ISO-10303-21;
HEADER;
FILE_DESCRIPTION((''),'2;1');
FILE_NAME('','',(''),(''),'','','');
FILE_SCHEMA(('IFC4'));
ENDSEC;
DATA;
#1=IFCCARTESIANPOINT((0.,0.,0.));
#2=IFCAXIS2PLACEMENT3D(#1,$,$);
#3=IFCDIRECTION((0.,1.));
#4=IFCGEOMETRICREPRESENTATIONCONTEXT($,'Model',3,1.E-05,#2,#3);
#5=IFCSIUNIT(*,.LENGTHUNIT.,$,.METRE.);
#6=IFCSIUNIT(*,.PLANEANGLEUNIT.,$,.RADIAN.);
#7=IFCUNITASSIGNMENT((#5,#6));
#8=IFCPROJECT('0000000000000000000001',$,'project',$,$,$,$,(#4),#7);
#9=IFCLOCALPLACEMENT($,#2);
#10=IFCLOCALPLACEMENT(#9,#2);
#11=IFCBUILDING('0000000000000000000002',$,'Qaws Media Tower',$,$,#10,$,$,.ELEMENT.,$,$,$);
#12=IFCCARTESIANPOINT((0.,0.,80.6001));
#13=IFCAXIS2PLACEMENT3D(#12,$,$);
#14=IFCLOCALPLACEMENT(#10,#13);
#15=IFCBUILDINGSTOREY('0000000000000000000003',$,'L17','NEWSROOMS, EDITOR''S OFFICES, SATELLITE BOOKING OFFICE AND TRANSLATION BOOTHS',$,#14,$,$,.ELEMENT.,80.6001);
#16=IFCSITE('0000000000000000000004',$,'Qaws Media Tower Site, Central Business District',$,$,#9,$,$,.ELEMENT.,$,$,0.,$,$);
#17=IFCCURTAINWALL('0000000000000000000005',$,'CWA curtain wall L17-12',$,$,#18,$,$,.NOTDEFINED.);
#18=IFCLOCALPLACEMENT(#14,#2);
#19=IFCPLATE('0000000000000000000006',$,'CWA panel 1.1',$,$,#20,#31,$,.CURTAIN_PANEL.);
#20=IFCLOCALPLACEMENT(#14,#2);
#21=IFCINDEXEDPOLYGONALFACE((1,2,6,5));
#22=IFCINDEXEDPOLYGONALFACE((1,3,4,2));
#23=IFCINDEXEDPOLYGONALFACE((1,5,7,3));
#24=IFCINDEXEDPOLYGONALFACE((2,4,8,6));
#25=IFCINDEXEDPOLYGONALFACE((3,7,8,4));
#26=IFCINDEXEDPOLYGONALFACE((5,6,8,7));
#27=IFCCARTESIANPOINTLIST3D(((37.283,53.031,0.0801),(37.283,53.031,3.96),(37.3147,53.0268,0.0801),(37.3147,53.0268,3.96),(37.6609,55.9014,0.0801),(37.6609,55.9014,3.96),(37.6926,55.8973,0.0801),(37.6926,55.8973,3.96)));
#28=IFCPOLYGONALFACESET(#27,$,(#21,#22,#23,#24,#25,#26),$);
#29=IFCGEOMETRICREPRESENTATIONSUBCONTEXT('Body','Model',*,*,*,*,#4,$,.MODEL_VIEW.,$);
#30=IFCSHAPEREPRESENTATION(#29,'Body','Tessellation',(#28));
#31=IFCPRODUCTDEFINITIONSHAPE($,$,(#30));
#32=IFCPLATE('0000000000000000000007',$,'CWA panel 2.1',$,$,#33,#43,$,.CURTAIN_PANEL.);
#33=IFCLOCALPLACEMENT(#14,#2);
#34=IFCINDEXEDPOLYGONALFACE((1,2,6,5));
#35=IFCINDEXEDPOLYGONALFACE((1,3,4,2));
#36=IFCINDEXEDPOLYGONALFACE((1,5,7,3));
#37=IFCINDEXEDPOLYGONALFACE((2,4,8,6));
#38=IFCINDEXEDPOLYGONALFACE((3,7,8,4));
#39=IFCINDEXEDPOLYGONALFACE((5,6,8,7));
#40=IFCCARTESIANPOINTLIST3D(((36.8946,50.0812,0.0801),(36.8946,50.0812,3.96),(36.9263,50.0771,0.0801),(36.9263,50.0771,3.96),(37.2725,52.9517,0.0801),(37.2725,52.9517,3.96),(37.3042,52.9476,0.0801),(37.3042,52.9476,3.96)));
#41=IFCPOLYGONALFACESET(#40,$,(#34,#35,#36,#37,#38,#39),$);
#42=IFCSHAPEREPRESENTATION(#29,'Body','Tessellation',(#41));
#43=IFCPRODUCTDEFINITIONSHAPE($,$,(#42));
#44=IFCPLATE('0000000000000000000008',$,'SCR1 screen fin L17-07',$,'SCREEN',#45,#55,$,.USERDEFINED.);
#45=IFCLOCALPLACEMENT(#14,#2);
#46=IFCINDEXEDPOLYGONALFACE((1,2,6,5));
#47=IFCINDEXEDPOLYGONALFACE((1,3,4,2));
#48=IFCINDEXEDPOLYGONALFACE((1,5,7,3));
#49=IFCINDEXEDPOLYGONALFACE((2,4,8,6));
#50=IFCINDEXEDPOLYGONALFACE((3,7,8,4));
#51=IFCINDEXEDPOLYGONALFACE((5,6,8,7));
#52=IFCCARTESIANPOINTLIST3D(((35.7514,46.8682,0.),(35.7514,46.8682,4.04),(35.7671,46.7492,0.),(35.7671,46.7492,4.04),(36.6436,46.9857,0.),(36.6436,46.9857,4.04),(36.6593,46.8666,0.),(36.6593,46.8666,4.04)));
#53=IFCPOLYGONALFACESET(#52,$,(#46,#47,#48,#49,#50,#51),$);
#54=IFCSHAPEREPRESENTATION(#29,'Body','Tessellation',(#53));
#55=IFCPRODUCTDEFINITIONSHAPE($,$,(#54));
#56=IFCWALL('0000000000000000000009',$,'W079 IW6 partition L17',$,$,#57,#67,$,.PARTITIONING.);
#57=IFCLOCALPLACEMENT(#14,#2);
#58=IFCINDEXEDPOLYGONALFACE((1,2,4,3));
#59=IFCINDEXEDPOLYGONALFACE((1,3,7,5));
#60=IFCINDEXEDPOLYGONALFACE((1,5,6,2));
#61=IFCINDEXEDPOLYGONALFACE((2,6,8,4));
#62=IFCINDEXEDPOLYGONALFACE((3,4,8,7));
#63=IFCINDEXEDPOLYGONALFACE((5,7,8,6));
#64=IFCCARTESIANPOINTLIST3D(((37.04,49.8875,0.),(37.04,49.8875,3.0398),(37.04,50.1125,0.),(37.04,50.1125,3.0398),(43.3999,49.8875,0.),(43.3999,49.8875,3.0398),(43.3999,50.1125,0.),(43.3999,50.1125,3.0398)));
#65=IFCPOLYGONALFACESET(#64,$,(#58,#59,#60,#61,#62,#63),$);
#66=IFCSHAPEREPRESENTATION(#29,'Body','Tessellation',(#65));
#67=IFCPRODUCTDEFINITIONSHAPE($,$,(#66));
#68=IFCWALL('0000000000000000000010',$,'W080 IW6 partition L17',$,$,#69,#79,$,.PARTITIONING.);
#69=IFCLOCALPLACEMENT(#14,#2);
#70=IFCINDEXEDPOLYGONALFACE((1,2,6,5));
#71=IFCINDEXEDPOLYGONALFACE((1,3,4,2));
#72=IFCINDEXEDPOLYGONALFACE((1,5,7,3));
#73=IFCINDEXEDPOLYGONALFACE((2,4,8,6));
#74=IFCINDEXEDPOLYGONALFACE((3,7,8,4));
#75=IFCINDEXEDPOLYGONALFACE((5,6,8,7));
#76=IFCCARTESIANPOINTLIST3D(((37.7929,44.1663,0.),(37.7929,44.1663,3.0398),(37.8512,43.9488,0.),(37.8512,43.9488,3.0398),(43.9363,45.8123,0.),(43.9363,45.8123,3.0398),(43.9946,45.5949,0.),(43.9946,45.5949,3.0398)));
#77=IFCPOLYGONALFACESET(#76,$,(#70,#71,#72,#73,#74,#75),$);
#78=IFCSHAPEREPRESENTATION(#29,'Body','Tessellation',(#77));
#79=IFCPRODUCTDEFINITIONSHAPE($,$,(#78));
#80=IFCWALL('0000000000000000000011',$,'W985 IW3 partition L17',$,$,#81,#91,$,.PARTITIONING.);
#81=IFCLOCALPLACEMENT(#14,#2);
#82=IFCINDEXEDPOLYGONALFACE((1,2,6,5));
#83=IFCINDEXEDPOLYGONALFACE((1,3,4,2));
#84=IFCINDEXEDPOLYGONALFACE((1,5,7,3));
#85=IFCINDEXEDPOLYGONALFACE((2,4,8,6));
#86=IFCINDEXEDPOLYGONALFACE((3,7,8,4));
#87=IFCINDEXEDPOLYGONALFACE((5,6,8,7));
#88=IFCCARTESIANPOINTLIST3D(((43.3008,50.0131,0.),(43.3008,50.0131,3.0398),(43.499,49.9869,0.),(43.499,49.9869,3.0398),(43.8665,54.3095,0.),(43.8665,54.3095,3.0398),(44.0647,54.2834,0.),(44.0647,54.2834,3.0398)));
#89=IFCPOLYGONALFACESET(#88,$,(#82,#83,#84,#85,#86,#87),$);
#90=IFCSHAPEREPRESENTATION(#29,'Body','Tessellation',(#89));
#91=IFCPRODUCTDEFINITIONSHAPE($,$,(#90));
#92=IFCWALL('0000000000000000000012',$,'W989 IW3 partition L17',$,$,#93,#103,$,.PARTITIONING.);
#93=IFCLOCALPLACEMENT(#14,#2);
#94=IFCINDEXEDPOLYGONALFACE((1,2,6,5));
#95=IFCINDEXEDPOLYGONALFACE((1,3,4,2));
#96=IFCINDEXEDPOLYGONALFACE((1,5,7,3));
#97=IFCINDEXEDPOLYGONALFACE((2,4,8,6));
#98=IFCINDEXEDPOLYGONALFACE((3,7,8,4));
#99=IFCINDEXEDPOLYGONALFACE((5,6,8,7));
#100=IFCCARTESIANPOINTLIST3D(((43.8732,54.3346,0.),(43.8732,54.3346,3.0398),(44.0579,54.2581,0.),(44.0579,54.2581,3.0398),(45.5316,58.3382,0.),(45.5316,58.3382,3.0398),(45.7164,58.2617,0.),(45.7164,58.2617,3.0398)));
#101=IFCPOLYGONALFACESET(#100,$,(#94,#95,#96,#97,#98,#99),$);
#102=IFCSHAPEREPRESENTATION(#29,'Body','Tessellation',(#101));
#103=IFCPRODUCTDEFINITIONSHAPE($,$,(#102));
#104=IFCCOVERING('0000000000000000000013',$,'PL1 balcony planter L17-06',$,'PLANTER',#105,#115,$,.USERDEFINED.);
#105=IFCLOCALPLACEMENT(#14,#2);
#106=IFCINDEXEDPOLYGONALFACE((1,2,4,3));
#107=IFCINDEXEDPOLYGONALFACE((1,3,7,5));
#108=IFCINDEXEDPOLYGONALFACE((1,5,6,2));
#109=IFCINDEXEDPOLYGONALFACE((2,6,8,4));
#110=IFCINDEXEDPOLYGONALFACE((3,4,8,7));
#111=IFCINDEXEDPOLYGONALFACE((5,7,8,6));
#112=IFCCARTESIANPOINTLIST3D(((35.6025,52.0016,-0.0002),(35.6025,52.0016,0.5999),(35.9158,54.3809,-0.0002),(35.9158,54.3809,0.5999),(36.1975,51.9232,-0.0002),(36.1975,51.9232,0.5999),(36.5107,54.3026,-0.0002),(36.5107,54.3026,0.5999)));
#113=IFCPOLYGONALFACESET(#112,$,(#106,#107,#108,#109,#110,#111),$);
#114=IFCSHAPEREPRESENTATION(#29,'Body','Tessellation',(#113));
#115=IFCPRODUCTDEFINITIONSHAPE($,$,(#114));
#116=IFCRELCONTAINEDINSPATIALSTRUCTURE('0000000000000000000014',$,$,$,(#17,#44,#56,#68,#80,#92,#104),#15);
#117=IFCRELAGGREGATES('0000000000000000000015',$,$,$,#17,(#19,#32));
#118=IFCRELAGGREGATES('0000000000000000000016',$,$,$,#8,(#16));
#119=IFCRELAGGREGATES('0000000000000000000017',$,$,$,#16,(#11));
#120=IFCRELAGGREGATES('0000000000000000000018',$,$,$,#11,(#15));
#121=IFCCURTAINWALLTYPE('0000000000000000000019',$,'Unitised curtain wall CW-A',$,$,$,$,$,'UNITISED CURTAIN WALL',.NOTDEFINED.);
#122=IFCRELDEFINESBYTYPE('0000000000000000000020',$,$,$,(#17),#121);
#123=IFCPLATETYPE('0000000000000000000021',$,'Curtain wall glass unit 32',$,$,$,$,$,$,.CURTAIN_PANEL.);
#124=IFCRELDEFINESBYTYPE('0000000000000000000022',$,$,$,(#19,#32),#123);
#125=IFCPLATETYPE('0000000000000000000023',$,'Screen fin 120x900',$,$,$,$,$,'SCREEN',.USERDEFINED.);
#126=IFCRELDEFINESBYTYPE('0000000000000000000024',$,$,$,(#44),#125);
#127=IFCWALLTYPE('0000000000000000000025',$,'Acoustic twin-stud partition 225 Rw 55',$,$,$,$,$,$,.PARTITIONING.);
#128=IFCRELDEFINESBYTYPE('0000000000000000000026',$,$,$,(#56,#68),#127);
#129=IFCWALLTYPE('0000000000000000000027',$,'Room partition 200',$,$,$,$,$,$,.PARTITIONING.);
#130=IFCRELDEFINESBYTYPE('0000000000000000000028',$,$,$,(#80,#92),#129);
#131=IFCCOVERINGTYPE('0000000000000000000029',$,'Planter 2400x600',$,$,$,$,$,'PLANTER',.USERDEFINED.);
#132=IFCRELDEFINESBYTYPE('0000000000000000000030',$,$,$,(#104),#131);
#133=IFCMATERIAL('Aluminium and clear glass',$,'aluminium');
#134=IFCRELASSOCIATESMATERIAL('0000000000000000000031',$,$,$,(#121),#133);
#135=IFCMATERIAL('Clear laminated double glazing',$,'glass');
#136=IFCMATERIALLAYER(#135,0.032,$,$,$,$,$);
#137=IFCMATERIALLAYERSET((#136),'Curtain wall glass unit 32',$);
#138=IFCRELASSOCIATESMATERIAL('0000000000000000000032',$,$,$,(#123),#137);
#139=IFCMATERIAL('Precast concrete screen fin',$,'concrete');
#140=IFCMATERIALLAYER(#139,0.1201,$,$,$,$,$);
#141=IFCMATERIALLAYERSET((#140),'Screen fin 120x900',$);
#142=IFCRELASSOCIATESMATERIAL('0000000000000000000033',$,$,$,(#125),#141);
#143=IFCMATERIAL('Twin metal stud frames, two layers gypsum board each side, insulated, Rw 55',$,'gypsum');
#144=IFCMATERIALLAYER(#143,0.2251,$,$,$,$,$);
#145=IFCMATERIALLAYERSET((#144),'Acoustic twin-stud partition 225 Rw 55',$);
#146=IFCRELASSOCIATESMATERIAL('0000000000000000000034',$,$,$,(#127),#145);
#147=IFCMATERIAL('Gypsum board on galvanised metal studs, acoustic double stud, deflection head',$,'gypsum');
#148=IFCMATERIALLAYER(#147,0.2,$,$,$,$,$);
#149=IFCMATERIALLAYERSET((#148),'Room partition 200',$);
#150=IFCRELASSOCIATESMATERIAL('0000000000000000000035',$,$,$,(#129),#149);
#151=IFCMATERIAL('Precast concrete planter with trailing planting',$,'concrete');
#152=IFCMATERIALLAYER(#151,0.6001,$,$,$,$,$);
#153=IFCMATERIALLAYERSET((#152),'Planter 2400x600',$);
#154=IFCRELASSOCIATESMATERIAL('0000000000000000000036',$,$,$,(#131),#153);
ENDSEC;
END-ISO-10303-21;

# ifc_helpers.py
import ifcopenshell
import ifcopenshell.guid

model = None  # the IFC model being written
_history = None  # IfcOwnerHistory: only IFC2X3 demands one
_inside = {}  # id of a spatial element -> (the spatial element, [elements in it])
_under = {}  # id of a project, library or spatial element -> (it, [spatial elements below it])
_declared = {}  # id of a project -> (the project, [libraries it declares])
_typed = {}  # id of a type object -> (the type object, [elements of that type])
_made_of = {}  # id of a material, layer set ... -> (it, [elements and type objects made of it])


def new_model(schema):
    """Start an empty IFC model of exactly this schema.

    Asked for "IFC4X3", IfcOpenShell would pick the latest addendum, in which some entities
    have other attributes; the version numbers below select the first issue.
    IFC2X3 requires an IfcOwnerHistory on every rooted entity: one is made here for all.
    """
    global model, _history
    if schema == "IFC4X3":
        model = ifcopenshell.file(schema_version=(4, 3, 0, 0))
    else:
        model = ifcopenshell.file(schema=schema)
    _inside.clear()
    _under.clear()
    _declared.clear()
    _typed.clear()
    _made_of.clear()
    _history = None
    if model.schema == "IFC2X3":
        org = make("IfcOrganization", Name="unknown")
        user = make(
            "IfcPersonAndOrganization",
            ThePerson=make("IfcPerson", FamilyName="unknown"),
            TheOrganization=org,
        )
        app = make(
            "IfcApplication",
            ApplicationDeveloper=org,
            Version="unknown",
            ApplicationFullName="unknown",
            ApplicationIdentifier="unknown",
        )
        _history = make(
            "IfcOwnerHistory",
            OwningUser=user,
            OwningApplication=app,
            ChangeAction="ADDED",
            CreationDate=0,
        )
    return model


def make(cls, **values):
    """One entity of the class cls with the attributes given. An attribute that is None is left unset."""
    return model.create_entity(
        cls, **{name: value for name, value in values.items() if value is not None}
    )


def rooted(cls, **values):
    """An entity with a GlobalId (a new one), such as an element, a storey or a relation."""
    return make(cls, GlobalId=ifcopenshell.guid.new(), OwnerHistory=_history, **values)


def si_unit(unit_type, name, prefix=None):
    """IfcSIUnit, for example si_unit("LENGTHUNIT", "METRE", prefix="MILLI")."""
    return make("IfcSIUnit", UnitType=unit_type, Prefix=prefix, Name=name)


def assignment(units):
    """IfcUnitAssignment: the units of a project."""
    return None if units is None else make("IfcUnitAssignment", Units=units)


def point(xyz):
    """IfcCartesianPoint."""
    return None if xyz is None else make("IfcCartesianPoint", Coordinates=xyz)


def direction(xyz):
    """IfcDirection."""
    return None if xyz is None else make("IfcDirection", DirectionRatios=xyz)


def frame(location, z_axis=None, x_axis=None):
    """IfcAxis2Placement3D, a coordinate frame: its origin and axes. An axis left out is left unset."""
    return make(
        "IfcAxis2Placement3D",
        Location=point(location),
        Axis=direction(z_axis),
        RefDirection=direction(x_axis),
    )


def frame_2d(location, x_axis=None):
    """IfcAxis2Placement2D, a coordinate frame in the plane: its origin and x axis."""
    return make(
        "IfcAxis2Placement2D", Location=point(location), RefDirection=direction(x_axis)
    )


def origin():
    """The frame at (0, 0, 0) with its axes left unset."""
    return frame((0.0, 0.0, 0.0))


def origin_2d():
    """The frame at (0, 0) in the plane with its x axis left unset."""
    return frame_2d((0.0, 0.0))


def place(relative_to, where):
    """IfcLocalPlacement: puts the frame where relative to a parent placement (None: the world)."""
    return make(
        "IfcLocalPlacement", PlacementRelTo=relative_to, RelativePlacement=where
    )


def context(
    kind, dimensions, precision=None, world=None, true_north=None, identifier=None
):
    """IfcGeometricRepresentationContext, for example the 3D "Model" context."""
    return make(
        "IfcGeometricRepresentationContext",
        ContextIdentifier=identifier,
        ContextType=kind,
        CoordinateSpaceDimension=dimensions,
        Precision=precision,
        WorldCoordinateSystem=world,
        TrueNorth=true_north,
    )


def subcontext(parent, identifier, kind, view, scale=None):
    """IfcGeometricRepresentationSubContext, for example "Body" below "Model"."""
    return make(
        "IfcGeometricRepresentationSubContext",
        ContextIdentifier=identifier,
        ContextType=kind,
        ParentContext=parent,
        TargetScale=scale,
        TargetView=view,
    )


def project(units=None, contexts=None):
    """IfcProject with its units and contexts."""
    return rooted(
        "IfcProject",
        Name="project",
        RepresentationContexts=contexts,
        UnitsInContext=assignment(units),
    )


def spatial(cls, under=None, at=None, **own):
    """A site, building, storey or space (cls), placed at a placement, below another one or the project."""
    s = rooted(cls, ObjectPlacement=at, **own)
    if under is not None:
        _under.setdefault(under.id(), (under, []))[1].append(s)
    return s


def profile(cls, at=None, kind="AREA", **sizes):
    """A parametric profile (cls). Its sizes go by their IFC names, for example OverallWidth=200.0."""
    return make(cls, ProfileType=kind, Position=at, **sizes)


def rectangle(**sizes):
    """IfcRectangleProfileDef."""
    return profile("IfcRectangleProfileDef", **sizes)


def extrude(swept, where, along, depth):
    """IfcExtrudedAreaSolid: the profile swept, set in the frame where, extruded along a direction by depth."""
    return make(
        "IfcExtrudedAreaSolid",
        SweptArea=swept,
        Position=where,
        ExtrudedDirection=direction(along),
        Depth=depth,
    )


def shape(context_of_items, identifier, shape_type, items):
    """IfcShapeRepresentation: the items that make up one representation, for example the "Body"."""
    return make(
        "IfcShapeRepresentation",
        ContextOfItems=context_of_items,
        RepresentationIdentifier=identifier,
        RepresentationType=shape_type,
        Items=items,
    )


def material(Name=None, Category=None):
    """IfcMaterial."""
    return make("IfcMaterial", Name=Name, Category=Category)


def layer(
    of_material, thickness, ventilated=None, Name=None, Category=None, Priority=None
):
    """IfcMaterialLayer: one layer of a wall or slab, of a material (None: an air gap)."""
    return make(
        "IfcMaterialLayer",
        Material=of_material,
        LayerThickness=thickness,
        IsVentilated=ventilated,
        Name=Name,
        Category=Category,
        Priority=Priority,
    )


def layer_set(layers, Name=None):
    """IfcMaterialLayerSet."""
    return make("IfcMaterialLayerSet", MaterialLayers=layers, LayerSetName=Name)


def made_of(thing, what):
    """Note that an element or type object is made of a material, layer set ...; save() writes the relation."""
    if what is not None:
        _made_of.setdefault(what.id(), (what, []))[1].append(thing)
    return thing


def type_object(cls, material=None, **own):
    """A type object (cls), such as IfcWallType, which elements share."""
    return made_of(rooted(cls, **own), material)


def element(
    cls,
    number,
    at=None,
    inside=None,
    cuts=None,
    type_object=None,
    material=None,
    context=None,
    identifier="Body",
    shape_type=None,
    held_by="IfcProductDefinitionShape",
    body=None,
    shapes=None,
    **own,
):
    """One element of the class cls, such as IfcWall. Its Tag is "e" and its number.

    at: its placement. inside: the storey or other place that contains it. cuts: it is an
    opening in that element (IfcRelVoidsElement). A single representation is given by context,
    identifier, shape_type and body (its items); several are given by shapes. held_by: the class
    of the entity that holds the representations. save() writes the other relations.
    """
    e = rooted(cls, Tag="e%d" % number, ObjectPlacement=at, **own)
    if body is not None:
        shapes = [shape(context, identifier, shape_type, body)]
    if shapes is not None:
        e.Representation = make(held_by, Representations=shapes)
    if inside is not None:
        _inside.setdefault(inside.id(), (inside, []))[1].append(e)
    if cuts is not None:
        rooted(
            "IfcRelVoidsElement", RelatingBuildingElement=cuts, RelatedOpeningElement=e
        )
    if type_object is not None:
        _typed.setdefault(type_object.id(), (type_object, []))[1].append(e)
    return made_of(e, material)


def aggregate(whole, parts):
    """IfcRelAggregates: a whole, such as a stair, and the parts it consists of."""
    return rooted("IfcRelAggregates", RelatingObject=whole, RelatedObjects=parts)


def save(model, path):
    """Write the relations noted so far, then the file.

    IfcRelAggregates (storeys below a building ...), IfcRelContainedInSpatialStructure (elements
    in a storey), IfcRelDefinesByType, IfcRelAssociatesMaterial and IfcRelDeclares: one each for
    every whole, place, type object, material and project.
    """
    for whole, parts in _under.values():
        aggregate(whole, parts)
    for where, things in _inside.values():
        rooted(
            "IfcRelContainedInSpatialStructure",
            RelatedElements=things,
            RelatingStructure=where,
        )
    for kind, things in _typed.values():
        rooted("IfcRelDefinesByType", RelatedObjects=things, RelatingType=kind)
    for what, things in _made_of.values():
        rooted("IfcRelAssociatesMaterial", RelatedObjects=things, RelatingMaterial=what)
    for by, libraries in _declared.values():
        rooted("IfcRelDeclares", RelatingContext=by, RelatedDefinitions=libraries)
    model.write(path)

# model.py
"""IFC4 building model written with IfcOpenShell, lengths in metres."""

from ifc_helpers import new_model, si_unit, direction, frame, frame_2d, origin, origin_2d, place, context, subcontext, project, spatial, rectangle, extrude, material, layer, layer_set, type_object, element, aggregate, save


model = new_model("IFC4")

# Units and contexts
model_context = context("Model", 3, precision=1e-05, world=origin(), true_north=direction((0.0, 1.0)))
body_context = subcontext(model_context, "Body", "Model", "MODEL_VIEW")
ifc_project = project(units=[si_unit("LENGTHUNIT", "METRE"), si_unit("PLANEANGLEUNIT", "RADIAN")], contexts=[model_context])

# Site, building, storey
site_placement = place(None, origin())
site = spatial("IfcSite", under=ifc_project, at=site_placement, Name="Qaws Media Tower Site, Central Business District", CompositionType="ELEMENT", RefElevation=0.0)
building_placement = place(site_placement, origin())
building = spatial("IfcBuilding", under=site, at=building_placement, Name="Qaws Media Tower", CompositionType="ELEMENT")
storey_placement = place(building_placement, frame((0.0, 0.0, 80.6001)))
storey = spatial("IfcBuildingStorey", under=building, at=storey_placement, Name="L17", Description="NEWSROOMS, EDITOR'S OFFICES, SATELLITE BOOKING OFFICE AND TRANSLATION BOOTHS", CompositionType="ELEMENT", Elevation=80.6001)

# Shared definitions
ifc_material_1 = material(Name="Aluminium and clear glass", Category="aluminium")
curtain_wall_type = type_object("IfcCurtainWallType", Name="Unitised curtain wall CW-A", ElementType="UNITISED CURTAIN WALL", PredefinedType="NOTDEFINED", material=ifc_material_1)

# Curtain wall
curtain_wall_1_placement = place(storey_placement, origin())
curtain_wall_1 = element("IfcCurtainWall", 1, at=curtain_wall_1_placement, inside=storey, type_object=curtain_wall_type, Name="CWA curtain wall L17-12", PredefinedType="NOTDEFINED")

# Plates
ifc_material_2 = material(Name="Clear laminated double glazing", Category="glass")
ifc_layer_1 = layer(ifc_material_2, 0.032)
ifc_layer_set_1 = layer_set([ifc_layer_1], Name="Curtain wall glass unit 32")
plate_type_1 = type_object("IfcPlateType", Name="Curtain wall glass unit 32", PredefinedType="CURTAIN_PANEL", material=ifc_layer_set_1)
plate_1_placement = place(storey_placement, frame((37.4878, 54.4641, 0.0801), z_axis=(0.0, 0.0, 1.0), x_axis=(-0.130526, -0.991445, 0.0)))
plate_1 = element("IfcPlate", 2, at=plate_1_placement, type_object=plate_type_1, Name="CWA panel 1.1", PredefinedType="CURTAIN_PANEL", context=body_context, shape_type="SweptSolid", body=[
    extrude(rectangle(XDim=2.8953, YDim=0.032, at=origin_2d()), origin(), (0.0, 0.0, 1.0), 3.8799),
])
plate_2_placement = place(storey_placement, frame((37.0994, 51.5144, 0.0801), z_axis=(0.0, 0.0, 1.0), x_axis=(-0.130526, -0.991445, 0.0)))
plate_2 = element("IfcPlate", 3, at=plate_2_placement, type_object=plate_type_1, Name="CWA panel 2.1", PredefinedType="CURTAIN_PANEL", context=body_context, shape_type="SweptSolid", body=[
    extrude(rectangle(XDim=2.8953, YDim=0.032, at=origin_2d()), origin(), (0.0, 0.0, 1.0), 3.8799),
])
aggregate(curtain_wall_1, [plate_1, plate_2])
ifc_material_3 = material(Name="Precast concrete screen fin", Category="concrete")
ifc_layer_2 = layer(ifc_material_3, 0.1201)
ifc_layer_set_2 = layer_set([ifc_layer_2], Name="Screen fin 120x900")
plate_type_2 = type_object("IfcPlateType", Name="Screen fin 120x900", ElementType="SCREEN", PredefinedType="USERDEFINED", material=ifc_layer_set_2)
plate_3_placement = place(storey_placement, frame((36.2053, 46.8674, 0.0), z_axis=(0.0, 0.0, 1.0), x_axis=(-0.991445, -0.130526, 0.0)))
element("IfcPlate", 4, at=plate_3_placement, inside=storey, type_object=plate_type_2, Name="SCR1 screen fin L17-07", ObjectType="SCREEN", PredefinedType="USERDEFINED", context=body_context, shape_type="SweptSolid", body=[
    extrude(rectangle(XDim=0.8999, YDim=0.1201, at=origin_2d()), origin(), (0.0, 0.0, 1.0), 4.04),
])

# Walls
ifc_material_4 = material(Name="Twin metal stud frames, two layers gypsum board each side, insulated, Rw 55", Category="gypsum")
ifc_layer_3 = layer(ifc_material_4, 0.2251)
ifc_layer_set_3 = layer_set([ifc_layer_3], Name="Acoustic twin-stud partition 225 Rw 55")
wall_type_1 = type_object("IfcWallType", Name="Acoustic twin-stud partition 225 Rw 55", PredefinedType="PARTITIONING", material=ifc_layer_set_3)
wall_1_placement = place(storey_placement, frame((43.3999, 50.0, 0.0), z_axis=(0.0, 0.0, 1.0), x_axis=(-1.0, 0.0, 0.0)))
element("IfcWall", 5, at=wall_1_placement, inside=storey, type_object=wall_type_1, Name="W079 IW6 partition L17", PredefinedType="PARTITIONING", context=body_context, shape_type="SweptSolid", body=[
    extrude(rectangle(XDim=6.3599, YDim=0.2251, at=frame_2d((3.1799, 0.0))), origin(), (0.0, 0.0, 1.0), 3.0398),
])
wall_2_placement = place(storey_placement, frame((43.9656, 45.7036, 0.0), z_axis=(0.0, 0.0, 1.0), x_axis=(-0.96593, -0.258805, 0.0)))
element("IfcWall", 6, at=wall_2_placement, inside=storey, type_object=wall_type_1, Name="W080 IW6 partition L17", PredefinedType="PARTITIONING", context=body_context, shape_type="SweptSolid", body=[
    extrude(rectangle(XDim=6.3601, YDim=0.2251, at=frame_2d((3.1802, 0.0))), origin(), (0.0, 0.0, 1.0), 3.0398),
])

# Shared definitions
ifc_material_5 = material(Name="Gypsum board on galvanised metal studs, acoustic double stud, deflection head", Category="gypsum")
ifc_layer_4 = layer(ifc_material_5, 0.2)
ifc_layer_set_4 = layer_set([ifc_layer_4], Name="Room partition 200")
wall_type_2 = type_object("IfcWallType", Name="Room partition 200", PredefinedType="PARTITIONING", material=ifc_layer_set_4)

# Walls
for number, where, z_axis, x_axis, name in (
    (7, (43.3999, 50.0, 0.0), (0.0, 0.0, 1.0), (0.130536, 0.991444, 0.0), "W985 IW3 partition L17"),
    (8, (43.9656, 54.2964, 0.0), (0.0, 0.0, 1.0), (0.382698, 0.923873, 0.0), "W989 IW3 partition L17"),
):
    element("IfcWall", number, at=place(storey_placement, frame(where, z_axis=z_axis, x_axis=x_axis)), inside=storey, type_object=wall_type_2, Name=name, PredefinedType="PARTITIONING", context=body_context, shape_type="SweptSolid", body=[
        extrude(rectangle(XDim=4.3335, YDim=0.2, at=frame_2d((2.1667, 0.0))), origin(), (0.0, 0.0, 1.0), 3.0398),
    ])

# Covering
ifc_material_6 = material(Name="Precast concrete planter with trailing planting", Category="concrete")
ifc_layer_5 = layer(ifc_material_6, 0.6001)
ifc_layer_set_5 = layer_set([ifc_layer_5], Name="Planter 2400x600")
covering_type = type_object("IfcCoveringType", Name="Planter 2400x600", ElementType="PLANTER", PredefinedType="USERDEFINED", material=ifc_layer_set_5)
covering_placement = place(storey_placement, frame((36.0566, 53.1521, -0.0002), z_axis=(0.0, 0.0, 1.0), x_axis=(-0.130526, -0.991445, 0.0)))
element("IfcCovering", 9, at=covering_placement, inside=storey, type_object=covering_type, Name="PL1 balcony planter L17-06", ObjectType="PLANTER", PredefinedType="USERDEFINED", context=body_context, shape_type="SweptSolid", body=[
    extrude(rectangle(XDim=2.3999, YDim=0.6001, at=origin_2d()), origin(), (0.0, 0.0, 1.0), 0.6001),
])

save(model, "model.ifc")
